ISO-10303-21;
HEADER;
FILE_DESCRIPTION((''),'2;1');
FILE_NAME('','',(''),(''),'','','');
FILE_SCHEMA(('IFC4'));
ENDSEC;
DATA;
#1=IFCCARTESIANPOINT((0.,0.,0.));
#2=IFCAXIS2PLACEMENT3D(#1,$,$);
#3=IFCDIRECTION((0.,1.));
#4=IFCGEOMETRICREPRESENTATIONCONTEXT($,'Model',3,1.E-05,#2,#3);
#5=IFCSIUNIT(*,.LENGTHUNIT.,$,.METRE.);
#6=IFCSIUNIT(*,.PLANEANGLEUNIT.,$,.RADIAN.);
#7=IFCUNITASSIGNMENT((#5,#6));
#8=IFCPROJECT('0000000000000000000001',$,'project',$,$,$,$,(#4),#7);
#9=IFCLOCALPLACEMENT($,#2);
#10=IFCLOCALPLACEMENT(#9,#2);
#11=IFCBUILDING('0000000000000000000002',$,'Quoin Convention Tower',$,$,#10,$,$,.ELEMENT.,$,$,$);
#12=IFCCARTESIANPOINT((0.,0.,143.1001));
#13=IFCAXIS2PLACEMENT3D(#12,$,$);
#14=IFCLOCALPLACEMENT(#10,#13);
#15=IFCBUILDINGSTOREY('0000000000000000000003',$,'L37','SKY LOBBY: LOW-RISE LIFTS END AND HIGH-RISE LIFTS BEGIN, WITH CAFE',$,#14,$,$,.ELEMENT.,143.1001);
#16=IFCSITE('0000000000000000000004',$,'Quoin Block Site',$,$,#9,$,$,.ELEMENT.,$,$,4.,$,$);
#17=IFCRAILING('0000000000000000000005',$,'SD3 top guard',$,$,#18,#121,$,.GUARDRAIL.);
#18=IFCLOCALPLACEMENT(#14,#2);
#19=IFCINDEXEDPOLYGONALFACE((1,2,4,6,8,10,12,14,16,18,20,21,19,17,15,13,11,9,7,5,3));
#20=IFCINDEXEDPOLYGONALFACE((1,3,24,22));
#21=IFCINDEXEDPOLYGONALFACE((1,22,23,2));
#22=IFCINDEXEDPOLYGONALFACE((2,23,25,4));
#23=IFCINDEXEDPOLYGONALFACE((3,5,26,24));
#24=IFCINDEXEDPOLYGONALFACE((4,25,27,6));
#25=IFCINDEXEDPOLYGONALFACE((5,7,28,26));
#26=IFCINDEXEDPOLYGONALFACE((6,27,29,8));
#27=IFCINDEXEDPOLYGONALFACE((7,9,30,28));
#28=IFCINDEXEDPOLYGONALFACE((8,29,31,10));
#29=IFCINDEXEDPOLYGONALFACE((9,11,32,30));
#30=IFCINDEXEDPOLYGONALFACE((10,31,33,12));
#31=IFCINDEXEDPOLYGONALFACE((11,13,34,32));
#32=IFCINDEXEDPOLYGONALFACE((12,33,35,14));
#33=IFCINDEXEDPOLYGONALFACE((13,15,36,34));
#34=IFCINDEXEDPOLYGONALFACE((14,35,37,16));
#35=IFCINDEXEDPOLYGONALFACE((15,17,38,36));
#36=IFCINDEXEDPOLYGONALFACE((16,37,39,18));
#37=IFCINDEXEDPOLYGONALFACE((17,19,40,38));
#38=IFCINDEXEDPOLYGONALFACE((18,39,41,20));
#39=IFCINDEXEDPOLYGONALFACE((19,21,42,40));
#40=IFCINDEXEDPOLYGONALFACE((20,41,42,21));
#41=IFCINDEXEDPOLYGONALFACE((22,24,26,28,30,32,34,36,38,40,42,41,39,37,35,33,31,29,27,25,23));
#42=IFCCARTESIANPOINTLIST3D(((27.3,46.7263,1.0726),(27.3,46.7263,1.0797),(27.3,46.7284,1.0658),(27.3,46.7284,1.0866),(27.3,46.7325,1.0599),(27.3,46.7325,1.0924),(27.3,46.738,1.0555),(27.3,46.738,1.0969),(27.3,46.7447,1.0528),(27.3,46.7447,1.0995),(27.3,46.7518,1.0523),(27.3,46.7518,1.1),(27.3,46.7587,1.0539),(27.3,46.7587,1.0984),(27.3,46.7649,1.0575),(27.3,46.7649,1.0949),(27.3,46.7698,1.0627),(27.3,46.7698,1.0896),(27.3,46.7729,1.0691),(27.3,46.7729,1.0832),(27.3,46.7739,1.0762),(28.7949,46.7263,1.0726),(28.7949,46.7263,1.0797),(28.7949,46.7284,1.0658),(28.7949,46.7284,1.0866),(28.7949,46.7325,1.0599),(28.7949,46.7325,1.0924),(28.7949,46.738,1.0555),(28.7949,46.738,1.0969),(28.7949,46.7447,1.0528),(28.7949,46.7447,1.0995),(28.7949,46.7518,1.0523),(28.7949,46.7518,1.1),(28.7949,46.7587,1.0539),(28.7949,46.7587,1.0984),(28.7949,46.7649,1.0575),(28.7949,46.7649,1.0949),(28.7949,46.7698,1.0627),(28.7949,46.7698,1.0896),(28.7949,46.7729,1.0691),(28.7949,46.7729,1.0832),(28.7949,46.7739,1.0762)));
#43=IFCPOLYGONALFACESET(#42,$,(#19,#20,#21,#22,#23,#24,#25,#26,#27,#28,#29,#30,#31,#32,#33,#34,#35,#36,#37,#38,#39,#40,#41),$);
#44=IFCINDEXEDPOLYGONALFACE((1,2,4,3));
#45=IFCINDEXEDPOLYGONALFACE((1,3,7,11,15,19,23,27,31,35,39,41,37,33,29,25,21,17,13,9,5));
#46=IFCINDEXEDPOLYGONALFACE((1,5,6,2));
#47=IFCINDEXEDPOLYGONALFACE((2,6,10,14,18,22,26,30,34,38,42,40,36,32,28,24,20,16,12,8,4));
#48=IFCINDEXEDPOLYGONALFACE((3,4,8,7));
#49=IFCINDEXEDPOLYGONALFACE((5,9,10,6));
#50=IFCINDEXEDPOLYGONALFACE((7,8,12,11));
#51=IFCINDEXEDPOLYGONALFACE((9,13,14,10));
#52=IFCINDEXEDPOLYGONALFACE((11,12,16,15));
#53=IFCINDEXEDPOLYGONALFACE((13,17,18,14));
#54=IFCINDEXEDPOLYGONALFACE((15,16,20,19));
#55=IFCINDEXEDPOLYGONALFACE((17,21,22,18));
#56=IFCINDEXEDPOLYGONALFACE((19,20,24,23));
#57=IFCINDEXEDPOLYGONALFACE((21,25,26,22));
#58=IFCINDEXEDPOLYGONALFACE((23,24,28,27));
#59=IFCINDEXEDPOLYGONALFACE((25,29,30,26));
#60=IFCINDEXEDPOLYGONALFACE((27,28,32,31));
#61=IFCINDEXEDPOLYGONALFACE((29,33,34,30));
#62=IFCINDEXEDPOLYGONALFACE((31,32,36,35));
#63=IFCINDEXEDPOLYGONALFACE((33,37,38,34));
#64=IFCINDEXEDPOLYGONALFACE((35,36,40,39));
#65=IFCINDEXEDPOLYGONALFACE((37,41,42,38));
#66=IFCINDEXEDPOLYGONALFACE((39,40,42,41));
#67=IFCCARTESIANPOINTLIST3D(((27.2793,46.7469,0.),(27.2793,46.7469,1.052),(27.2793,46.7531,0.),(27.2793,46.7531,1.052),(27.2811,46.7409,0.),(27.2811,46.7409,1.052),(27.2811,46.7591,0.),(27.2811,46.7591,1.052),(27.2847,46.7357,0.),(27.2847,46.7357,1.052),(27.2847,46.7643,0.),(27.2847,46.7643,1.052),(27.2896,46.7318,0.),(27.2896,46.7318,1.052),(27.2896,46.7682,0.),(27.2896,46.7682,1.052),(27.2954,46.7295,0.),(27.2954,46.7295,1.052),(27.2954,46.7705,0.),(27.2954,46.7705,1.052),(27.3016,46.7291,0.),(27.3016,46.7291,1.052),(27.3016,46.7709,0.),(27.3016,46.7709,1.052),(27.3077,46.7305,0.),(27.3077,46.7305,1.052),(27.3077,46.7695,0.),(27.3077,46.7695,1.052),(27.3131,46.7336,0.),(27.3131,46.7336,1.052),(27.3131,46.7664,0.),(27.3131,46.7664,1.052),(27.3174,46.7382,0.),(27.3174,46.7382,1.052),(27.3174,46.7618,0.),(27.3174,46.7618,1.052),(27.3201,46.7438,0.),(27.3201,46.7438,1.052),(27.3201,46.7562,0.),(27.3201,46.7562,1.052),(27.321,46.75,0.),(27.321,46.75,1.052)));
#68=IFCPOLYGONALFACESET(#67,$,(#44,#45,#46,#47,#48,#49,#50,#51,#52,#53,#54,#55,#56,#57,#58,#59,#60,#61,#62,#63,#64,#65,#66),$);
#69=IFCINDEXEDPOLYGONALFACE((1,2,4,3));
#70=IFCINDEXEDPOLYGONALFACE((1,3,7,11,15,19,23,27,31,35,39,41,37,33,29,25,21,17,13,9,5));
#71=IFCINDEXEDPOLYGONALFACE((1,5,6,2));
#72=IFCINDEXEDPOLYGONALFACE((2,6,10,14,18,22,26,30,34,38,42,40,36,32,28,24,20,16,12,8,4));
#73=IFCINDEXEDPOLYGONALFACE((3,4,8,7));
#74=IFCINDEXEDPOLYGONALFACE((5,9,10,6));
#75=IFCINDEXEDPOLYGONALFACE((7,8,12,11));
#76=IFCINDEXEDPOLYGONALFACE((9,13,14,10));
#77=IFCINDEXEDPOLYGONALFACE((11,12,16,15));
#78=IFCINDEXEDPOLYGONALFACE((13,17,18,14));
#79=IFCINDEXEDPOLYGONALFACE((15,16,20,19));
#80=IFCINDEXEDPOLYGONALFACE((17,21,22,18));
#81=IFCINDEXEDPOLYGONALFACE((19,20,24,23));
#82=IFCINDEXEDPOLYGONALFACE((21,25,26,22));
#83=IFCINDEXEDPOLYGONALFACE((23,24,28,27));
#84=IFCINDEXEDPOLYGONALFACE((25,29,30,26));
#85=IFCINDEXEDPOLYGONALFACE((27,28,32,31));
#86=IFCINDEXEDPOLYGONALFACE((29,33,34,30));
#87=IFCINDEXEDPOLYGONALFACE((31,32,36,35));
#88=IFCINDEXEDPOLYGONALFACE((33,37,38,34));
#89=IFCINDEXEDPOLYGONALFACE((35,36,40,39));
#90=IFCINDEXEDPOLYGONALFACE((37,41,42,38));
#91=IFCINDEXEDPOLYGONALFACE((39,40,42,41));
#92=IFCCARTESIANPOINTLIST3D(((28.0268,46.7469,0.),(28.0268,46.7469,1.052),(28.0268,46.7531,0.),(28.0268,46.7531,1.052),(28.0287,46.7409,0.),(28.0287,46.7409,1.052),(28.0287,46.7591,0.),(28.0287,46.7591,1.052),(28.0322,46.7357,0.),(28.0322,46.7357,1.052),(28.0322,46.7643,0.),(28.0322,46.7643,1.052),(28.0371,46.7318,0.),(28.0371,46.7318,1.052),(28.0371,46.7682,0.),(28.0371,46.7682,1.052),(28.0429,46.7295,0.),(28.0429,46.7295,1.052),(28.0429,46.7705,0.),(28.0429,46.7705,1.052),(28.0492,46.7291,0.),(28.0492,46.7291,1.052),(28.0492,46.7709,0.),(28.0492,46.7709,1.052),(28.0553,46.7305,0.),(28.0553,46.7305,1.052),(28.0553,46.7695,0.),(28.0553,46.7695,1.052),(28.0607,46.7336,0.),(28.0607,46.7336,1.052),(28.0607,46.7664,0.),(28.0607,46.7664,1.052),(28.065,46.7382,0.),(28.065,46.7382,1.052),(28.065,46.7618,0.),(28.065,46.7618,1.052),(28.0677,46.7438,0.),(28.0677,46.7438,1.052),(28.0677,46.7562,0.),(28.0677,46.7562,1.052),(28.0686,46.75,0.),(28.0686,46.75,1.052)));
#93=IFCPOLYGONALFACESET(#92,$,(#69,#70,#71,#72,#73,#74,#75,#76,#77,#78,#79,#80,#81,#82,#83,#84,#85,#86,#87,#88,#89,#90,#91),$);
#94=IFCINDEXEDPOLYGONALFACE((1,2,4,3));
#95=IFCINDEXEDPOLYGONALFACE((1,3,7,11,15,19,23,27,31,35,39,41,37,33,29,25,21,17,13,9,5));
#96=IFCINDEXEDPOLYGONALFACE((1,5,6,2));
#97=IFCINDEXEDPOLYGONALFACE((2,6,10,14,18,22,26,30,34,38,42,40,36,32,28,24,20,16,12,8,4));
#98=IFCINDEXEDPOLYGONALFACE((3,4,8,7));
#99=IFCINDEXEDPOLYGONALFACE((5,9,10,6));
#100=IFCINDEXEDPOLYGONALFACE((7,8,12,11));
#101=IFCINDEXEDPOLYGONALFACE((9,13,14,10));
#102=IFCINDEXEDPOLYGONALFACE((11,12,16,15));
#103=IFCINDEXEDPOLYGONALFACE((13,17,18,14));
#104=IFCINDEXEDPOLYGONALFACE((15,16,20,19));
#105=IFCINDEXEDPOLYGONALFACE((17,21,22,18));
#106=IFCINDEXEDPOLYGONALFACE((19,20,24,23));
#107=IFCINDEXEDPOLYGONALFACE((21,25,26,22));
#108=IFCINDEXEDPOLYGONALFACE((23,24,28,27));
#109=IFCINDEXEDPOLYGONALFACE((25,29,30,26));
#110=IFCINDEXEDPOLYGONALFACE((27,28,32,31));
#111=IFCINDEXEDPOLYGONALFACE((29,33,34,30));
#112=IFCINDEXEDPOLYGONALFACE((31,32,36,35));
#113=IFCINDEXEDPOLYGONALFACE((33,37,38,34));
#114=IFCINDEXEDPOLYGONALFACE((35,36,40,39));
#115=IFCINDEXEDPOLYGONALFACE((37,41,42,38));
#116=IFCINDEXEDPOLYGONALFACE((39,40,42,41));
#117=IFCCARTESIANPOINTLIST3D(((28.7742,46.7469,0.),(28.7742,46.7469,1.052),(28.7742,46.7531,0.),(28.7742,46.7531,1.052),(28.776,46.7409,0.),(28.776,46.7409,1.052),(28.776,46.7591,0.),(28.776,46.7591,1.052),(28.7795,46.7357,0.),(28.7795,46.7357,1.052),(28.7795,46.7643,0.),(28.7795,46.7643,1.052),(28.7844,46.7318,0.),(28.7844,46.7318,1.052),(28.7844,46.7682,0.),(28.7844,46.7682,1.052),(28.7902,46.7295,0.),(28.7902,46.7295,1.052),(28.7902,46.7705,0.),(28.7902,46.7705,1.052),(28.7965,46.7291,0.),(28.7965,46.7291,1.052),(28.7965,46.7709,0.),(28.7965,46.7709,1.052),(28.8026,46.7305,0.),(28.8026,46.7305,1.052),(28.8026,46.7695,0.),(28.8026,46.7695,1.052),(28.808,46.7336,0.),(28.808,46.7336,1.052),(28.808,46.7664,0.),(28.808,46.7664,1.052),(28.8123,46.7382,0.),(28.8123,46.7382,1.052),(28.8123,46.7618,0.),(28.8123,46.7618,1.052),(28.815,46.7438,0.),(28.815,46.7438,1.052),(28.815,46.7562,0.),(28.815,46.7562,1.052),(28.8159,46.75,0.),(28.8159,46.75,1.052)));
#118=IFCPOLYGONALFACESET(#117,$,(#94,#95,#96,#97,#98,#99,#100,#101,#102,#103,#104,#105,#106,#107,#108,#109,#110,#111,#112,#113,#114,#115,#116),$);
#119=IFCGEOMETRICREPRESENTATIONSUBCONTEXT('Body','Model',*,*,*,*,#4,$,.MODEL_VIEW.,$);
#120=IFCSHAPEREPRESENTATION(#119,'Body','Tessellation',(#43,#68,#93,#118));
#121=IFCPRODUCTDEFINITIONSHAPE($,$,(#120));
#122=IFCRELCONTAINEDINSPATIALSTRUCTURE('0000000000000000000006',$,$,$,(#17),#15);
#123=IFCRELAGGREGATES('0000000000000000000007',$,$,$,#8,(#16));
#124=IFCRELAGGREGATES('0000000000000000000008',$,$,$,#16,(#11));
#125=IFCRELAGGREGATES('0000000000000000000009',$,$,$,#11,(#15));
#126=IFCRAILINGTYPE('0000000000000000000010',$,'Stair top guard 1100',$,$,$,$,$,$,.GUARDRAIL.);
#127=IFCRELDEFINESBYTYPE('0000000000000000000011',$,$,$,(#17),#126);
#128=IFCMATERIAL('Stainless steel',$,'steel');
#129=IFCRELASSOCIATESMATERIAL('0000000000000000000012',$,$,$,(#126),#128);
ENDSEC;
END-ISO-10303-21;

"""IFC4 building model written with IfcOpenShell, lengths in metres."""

from ifc_helpers import new_model, si_unit, direction, frame, origin, origin_2d, place, context, subcontext, project, spatial, circle, extrude, material, type_object, element, save


model = new_model("IFC4")

# Units and contexts
model_context = context("Model", 3, precision=1e-05, world=origin(), true_north=direction((0.0, 1.0)))
body_context = subcontext(model_context, "Body", "Model", "MODEL_VIEW")
ifc_project = project(units=[si_unit("LENGTHUNIT", "METRE"), si_unit("PLANEANGLEUNIT", "RADIAN")], contexts=[model_context])

# Site, building, storey
site_placement = place(None, origin())
site = spatial("IfcSite", under=ifc_project, at=site_placement, Name="Quoin Block Site", CompositionType="ELEMENT", RefElevation=4.0)
building_placement = place(site_placement, origin())
building = spatial("IfcBuilding", under=site, at=building_placement, Name="Quoin Convention Tower", CompositionType="ELEMENT")
storey_placement = place(building_placement, frame((0.0, 0.0, 143.1001)))
storey = spatial("IfcBuildingStorey", under=building, at=storey_placement, Name="L37", Description="SKY LOBBY: LOW-RISE LIFTS END AND HIGH-RISE LIFTS BEGIN, WITH CAFE", CompositionType="ELEMENT", Elevation=143.1001)

# Railing
ifc_material_1 = material(Name="Stainless steel", Category="steel")
railing_type_1 = type_object("IfcRailingType", Name="Stair top guard 1100", PredefinedType="GUARDRAIL", material=ifc_material_1)
railing_1_placement = place(storey_placement, frame((27.3, 46.75, 0.0)))
element("IfcRailing", 1, at=railing_1_placement, inside=storey, type_object=railing_type_1, Name="SD3 top guard", PredefinedType="GUARDRAIL", context=body_context, shape_type="SweptSolid", body=[
    extrude(circle(Radius=0.0239, at=origin_2d()), frame((0.0, 0.0, 1.0762), z_axis=(1.0, 0.0, 0.0), x_axis=(0.0, 1.0, 0.0)), (0.0, 0.0, 1.0), 1.4949),
    extrude(circle(Radius=0.021, at=origin_2d()), origin(), (0.0, 0.0, 1.0), 1.052),
    extrude(circle(Radius=0.021, at=origin_2d()), frame((0.7476, 0.0, 0.0)), (0.0, 0.0, 1.0), 1.052),
    extrude(circle(Radius=0.021, at=origin_2d()), frame((1.4949, 0.0, 0.0)), (0.0, 0.0, 1.0), 1.052),
])

save(model, "model.ifc")
